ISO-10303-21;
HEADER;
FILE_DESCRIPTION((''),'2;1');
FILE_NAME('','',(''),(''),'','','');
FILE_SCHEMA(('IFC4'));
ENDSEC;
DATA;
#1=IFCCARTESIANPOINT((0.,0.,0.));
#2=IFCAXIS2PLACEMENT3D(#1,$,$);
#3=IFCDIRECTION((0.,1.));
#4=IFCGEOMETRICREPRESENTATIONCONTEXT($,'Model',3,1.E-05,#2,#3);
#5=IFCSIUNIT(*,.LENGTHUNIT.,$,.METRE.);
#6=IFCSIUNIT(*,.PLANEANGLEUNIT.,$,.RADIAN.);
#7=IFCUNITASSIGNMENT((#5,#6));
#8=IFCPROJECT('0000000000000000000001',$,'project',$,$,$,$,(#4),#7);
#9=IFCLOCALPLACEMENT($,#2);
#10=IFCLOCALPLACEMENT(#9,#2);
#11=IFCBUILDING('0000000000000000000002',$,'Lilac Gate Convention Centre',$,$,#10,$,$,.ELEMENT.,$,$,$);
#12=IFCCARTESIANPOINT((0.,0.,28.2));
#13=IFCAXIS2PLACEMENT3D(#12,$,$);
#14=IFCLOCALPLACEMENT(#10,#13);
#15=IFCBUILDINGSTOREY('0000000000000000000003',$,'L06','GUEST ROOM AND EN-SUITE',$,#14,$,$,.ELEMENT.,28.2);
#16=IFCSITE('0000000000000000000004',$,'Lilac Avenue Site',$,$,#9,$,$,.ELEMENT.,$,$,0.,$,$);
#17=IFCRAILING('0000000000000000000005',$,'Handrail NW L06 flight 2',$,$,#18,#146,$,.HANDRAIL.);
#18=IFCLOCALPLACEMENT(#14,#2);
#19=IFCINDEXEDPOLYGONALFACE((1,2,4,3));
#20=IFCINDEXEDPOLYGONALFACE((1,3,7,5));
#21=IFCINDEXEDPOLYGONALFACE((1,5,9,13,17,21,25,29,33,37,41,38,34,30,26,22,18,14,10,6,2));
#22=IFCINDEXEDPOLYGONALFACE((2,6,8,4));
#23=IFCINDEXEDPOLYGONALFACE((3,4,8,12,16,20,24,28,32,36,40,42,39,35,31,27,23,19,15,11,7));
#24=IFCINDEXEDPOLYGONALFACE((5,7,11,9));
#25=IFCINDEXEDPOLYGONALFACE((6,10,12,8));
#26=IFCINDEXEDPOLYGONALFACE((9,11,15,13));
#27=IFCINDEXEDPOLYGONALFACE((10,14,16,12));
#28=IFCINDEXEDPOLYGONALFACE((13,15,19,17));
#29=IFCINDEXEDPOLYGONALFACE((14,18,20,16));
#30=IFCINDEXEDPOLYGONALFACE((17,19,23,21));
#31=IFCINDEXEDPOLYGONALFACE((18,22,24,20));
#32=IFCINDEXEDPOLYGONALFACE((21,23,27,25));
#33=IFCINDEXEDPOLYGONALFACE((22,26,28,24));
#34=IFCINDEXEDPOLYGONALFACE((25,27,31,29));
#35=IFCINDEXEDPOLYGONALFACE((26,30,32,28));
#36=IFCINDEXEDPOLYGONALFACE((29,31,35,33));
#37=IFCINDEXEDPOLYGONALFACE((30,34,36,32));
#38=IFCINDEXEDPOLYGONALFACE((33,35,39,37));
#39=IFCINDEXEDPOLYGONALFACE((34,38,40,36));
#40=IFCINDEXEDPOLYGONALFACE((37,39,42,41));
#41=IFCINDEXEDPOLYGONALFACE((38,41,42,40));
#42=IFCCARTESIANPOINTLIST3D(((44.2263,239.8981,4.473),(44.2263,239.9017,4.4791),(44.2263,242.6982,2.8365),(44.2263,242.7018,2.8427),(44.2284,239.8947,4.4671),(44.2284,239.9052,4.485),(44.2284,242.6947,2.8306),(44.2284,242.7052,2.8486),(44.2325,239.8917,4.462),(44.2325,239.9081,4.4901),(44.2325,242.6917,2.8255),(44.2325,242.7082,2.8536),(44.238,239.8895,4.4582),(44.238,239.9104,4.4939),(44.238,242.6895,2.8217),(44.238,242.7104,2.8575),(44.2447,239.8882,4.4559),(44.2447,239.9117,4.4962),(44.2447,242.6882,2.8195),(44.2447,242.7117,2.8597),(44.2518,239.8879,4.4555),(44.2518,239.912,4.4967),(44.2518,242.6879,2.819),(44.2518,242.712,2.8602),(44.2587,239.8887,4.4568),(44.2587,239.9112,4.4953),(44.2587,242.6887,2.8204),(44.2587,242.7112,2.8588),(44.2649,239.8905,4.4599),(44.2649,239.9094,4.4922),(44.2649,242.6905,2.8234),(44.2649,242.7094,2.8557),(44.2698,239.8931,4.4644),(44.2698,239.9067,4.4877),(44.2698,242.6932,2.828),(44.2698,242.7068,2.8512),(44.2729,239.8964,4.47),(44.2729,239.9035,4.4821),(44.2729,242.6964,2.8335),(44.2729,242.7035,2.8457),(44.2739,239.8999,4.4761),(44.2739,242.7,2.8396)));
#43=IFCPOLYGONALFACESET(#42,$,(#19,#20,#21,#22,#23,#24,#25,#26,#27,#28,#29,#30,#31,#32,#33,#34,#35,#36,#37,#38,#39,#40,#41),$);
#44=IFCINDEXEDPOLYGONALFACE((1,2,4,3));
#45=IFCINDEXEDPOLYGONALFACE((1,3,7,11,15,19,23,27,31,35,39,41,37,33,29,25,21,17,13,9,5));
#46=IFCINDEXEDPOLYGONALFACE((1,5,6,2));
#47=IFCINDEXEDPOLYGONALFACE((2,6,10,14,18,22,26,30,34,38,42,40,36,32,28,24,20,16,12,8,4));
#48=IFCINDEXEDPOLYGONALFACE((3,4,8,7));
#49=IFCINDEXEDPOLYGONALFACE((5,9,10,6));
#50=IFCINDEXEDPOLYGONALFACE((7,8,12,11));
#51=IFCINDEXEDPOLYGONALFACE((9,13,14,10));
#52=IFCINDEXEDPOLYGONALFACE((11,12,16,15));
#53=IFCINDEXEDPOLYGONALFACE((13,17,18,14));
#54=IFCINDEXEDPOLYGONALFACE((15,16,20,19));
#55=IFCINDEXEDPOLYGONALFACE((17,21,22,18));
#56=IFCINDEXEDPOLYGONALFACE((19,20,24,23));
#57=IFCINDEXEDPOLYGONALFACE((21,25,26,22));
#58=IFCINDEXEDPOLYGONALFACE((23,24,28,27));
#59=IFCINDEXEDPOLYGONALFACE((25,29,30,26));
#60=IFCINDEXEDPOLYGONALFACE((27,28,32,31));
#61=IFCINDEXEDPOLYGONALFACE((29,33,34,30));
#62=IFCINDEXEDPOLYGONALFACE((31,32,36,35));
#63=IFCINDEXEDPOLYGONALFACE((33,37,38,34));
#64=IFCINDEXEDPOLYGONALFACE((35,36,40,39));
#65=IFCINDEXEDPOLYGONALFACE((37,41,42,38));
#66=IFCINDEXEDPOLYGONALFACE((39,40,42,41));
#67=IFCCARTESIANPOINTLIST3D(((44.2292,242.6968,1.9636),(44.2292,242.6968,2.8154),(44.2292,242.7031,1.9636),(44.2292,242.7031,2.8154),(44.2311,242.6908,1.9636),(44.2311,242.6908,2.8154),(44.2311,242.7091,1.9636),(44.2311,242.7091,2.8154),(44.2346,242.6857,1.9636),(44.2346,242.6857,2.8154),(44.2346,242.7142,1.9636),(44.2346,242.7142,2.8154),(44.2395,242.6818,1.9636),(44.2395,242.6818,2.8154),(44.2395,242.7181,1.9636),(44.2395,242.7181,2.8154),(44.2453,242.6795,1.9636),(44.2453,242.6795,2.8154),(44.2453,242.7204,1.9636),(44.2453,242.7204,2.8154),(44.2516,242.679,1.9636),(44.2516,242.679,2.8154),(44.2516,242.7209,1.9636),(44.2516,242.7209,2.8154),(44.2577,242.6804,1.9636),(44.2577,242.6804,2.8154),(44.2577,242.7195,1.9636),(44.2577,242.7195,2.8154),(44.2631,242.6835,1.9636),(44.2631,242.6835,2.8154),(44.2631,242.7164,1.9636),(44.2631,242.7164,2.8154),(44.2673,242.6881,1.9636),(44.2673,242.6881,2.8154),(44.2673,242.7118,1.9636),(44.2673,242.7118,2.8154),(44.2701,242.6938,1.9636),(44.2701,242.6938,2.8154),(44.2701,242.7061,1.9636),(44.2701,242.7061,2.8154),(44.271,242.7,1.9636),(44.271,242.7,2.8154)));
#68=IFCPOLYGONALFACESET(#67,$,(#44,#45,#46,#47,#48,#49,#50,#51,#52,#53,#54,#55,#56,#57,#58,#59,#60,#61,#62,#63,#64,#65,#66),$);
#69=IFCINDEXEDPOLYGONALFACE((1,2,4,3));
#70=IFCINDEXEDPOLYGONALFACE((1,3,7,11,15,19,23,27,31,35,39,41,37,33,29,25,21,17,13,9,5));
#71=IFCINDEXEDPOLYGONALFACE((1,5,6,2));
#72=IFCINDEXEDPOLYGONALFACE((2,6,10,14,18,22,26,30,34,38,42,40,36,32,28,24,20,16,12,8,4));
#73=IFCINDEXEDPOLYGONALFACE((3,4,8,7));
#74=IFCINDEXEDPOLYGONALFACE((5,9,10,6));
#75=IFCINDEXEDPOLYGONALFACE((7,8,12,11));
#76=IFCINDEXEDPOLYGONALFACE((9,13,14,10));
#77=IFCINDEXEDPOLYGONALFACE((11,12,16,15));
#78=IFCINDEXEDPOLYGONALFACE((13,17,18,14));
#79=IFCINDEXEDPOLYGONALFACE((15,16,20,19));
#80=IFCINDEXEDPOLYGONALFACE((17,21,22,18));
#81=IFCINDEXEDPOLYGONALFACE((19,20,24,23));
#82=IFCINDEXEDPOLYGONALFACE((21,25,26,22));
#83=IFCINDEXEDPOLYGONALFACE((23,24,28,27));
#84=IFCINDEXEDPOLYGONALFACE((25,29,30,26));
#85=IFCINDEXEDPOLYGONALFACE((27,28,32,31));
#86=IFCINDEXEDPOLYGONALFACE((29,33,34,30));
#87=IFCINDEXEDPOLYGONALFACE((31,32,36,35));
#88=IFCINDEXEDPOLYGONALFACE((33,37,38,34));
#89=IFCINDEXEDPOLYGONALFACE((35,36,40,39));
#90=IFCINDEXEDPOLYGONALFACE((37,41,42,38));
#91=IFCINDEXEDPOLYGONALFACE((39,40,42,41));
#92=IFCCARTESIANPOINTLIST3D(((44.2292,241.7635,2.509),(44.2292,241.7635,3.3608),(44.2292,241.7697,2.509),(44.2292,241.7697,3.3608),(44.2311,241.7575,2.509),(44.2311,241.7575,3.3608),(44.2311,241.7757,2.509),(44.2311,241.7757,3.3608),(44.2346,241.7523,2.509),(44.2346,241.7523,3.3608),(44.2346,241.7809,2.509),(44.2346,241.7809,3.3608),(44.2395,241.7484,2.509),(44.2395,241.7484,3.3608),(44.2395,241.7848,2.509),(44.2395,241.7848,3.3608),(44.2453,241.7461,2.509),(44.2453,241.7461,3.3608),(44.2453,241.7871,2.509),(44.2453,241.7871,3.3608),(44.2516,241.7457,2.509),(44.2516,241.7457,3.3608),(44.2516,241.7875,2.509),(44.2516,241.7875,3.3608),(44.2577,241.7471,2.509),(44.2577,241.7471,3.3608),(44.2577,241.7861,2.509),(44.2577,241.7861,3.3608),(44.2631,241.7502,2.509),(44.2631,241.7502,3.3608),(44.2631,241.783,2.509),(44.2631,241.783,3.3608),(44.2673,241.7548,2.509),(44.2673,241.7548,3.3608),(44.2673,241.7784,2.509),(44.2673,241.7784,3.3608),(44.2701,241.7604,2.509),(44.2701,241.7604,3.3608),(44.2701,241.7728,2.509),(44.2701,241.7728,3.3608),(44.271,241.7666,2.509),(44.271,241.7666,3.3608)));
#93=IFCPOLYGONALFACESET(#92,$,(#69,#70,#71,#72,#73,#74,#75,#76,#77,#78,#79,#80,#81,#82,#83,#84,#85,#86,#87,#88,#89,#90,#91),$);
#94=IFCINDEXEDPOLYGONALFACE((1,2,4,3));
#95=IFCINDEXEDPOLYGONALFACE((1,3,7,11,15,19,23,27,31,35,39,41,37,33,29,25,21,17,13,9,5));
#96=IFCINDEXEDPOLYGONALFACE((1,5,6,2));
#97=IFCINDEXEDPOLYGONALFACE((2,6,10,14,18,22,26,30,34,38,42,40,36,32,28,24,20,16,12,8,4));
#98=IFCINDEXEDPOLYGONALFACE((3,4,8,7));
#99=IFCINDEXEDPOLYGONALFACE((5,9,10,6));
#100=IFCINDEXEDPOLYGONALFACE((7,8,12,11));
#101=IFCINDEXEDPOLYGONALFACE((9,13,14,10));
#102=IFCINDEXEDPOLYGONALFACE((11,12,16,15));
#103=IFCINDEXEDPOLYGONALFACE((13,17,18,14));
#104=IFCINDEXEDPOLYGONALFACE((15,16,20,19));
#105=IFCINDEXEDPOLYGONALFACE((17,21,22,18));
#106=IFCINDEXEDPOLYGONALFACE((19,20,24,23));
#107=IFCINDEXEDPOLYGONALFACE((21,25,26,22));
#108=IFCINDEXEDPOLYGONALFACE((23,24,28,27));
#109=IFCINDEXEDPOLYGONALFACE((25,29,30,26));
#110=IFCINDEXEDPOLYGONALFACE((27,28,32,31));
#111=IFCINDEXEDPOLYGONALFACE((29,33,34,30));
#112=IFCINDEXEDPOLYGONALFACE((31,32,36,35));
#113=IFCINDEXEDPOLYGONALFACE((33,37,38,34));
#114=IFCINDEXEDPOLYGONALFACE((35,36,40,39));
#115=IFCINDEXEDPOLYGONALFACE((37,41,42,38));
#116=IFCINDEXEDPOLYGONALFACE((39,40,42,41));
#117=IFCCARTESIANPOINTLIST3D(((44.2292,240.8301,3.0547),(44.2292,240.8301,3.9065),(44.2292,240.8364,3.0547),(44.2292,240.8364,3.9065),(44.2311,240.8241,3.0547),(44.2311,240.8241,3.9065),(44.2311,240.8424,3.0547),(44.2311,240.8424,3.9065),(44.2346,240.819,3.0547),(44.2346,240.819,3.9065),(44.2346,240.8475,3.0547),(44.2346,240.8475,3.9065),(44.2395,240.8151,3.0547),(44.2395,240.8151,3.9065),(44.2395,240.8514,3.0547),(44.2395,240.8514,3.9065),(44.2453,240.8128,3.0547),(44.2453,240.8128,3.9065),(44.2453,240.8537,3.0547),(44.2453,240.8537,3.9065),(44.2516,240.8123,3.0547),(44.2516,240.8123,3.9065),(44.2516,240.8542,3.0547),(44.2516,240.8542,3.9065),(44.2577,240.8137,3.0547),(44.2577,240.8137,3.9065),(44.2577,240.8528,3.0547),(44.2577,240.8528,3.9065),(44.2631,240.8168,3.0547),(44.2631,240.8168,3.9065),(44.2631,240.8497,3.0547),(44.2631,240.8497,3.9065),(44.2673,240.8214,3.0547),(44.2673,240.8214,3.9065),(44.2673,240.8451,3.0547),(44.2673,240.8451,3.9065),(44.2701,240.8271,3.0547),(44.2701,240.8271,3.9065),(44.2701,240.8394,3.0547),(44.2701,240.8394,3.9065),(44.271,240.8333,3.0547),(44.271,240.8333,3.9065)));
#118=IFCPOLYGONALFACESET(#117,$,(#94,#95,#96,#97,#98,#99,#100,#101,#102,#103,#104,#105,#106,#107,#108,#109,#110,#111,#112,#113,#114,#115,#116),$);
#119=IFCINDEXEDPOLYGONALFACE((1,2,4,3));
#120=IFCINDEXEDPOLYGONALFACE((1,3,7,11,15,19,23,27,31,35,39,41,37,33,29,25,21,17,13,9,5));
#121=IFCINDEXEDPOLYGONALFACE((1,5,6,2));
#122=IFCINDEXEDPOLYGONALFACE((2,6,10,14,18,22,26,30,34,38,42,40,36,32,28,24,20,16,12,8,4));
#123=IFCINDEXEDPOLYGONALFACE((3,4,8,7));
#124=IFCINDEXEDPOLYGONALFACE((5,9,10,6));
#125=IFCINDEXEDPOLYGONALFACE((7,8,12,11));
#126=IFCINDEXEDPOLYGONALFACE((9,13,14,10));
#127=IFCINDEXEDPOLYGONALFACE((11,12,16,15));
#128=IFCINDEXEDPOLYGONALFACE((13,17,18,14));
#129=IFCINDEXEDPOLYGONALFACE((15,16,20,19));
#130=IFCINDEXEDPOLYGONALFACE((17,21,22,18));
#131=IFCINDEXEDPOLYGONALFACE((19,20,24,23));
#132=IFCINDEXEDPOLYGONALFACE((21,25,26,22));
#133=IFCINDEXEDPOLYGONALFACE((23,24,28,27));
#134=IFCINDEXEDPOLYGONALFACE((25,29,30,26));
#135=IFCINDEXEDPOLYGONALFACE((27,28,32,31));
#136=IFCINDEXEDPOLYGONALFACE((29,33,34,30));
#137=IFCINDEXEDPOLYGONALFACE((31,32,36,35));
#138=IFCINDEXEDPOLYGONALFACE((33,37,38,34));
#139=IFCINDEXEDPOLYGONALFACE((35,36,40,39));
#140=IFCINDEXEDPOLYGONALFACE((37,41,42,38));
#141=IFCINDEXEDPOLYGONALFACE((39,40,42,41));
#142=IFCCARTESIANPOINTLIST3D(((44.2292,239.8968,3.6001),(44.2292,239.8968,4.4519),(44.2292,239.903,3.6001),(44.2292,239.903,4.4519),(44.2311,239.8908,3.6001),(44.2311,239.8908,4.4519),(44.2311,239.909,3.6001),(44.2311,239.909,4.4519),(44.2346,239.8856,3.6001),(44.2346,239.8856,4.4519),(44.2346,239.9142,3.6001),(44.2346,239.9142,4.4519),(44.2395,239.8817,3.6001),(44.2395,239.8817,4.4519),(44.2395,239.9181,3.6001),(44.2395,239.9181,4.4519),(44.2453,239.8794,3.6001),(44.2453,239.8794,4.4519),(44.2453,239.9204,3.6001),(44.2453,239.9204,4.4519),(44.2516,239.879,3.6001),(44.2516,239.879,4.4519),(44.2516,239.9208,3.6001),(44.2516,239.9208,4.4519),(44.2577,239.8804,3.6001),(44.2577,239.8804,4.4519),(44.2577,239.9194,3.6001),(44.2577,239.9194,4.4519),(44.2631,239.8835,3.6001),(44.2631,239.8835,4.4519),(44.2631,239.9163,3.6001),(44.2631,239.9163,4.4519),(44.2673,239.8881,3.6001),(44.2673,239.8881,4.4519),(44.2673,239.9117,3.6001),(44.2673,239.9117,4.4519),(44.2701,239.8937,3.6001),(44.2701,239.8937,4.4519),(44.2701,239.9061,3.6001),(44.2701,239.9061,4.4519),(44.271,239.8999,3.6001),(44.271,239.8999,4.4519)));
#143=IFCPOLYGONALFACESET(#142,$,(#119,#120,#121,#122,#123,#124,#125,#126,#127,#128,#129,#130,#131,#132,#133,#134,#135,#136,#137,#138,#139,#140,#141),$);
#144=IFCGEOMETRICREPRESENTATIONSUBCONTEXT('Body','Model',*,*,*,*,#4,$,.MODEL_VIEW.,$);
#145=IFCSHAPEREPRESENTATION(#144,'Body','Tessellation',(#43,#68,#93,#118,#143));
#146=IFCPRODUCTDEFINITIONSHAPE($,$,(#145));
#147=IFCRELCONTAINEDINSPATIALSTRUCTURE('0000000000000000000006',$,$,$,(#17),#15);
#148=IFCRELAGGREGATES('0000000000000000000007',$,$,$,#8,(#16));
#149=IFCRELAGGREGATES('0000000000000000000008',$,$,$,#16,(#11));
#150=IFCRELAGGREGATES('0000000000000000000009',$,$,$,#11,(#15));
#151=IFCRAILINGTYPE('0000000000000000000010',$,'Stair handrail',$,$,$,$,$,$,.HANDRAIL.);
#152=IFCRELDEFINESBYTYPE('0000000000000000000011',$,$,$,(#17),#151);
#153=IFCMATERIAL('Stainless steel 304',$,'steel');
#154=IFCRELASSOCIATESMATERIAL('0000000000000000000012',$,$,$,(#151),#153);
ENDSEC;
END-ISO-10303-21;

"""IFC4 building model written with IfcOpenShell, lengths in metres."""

from ifc_helpers import new_model, si_unit, direction, frame, origin, origin_2d, place, context, subcontext, project, spatial, circle, extrude, material, type_object, element, save


model = new_model("IFC4")

# Units and contexts
model_context = context("Model", 3, precision=1e-05, world=origin(), true_north=direction((0.0, 1.0)))
body_context = subcontext(model_context, "Body", "Model", "MODEL_VIEW")
ifc_project = project(units=[si_unit("LENGTHUNIT", "METRE"), si_unit("PLANEANGLEUNIT", "RADIAN")], contexts=[model_context])

# Site, building, storey
site_placement = place(None, origin())
site = spatial("IfcSite", under=ifc_project, at=site_placement, Name="Lilac Avenue Site", CompositionType="ELEMENT", RefElevation=0.0)
building_placement = place(site_placement, origin())
building = spatial("IfcBuilding", under=site, at=building_placement, Name="Lilac Gate Convention Centre", CompositionType="ELEMENT")
storey_placement = place(building_placement, frame((0.0, 0.0, 28.2)))
storey = spatial("IfcBuildingStorey", under=building, at=storey_placement, Name="L06", Description="GUEST ROOM AND EN-SUITE", CompositionType="ELEMENT", Elevation=28.2)

# Railing
ifc_material_1 = material(Name="Stainless steel 304", Category="steel")
railing_type = type_object("IfcRailingType", Name="Stair handrail", PredefinedType="HANDRAIL", material=ifc_material_1)
for number, where, name in (
    (1, (44.25, 242.7, 1.9636), "Handrail NW L06 flight 2"),
):
    element("IfcRailing", number, at=place(storey_placement, frame(where)), inside=storey, type_object=railing_type, Name=name, PredefinedType="HANDRAIL", context=body_context, shape_type="SweptSolid", body=[
        extrude(circle(Radius=0.0239, at=origin_2d()), frame((0.0, 0.0, 0.876), z_axis=(0.0, -0.863361, 0.504587), x_axis=(1.0, 0.0, 0.0)), (0.0, 0.0, 1.0), 3.2432),
        extrude(circle(Radius=0.021, at=origin_2d()), origin(), (0.0, 0.0, 1.0), 0.8518),
        extrude(circle(Radius=0.021, at=origin_2d()), frame((0.0, -0.9333, 0.5454)), (0.0, 0.0, 1.0), 0.8518),
        extrude(circle(Radius=0.021, at=origin_2d()), frame((0.0, -1.8667, 1.0911)), (0.0, 0.0, 1.0), 0.8518),
        extrude(circle(Radius=0.021, at=origin_2d()), frame((0.0, -2.8, 1.6365)), (0.0, 0.0, 1.0), 0.8518),
    ])

save(model, "model.ifc")
